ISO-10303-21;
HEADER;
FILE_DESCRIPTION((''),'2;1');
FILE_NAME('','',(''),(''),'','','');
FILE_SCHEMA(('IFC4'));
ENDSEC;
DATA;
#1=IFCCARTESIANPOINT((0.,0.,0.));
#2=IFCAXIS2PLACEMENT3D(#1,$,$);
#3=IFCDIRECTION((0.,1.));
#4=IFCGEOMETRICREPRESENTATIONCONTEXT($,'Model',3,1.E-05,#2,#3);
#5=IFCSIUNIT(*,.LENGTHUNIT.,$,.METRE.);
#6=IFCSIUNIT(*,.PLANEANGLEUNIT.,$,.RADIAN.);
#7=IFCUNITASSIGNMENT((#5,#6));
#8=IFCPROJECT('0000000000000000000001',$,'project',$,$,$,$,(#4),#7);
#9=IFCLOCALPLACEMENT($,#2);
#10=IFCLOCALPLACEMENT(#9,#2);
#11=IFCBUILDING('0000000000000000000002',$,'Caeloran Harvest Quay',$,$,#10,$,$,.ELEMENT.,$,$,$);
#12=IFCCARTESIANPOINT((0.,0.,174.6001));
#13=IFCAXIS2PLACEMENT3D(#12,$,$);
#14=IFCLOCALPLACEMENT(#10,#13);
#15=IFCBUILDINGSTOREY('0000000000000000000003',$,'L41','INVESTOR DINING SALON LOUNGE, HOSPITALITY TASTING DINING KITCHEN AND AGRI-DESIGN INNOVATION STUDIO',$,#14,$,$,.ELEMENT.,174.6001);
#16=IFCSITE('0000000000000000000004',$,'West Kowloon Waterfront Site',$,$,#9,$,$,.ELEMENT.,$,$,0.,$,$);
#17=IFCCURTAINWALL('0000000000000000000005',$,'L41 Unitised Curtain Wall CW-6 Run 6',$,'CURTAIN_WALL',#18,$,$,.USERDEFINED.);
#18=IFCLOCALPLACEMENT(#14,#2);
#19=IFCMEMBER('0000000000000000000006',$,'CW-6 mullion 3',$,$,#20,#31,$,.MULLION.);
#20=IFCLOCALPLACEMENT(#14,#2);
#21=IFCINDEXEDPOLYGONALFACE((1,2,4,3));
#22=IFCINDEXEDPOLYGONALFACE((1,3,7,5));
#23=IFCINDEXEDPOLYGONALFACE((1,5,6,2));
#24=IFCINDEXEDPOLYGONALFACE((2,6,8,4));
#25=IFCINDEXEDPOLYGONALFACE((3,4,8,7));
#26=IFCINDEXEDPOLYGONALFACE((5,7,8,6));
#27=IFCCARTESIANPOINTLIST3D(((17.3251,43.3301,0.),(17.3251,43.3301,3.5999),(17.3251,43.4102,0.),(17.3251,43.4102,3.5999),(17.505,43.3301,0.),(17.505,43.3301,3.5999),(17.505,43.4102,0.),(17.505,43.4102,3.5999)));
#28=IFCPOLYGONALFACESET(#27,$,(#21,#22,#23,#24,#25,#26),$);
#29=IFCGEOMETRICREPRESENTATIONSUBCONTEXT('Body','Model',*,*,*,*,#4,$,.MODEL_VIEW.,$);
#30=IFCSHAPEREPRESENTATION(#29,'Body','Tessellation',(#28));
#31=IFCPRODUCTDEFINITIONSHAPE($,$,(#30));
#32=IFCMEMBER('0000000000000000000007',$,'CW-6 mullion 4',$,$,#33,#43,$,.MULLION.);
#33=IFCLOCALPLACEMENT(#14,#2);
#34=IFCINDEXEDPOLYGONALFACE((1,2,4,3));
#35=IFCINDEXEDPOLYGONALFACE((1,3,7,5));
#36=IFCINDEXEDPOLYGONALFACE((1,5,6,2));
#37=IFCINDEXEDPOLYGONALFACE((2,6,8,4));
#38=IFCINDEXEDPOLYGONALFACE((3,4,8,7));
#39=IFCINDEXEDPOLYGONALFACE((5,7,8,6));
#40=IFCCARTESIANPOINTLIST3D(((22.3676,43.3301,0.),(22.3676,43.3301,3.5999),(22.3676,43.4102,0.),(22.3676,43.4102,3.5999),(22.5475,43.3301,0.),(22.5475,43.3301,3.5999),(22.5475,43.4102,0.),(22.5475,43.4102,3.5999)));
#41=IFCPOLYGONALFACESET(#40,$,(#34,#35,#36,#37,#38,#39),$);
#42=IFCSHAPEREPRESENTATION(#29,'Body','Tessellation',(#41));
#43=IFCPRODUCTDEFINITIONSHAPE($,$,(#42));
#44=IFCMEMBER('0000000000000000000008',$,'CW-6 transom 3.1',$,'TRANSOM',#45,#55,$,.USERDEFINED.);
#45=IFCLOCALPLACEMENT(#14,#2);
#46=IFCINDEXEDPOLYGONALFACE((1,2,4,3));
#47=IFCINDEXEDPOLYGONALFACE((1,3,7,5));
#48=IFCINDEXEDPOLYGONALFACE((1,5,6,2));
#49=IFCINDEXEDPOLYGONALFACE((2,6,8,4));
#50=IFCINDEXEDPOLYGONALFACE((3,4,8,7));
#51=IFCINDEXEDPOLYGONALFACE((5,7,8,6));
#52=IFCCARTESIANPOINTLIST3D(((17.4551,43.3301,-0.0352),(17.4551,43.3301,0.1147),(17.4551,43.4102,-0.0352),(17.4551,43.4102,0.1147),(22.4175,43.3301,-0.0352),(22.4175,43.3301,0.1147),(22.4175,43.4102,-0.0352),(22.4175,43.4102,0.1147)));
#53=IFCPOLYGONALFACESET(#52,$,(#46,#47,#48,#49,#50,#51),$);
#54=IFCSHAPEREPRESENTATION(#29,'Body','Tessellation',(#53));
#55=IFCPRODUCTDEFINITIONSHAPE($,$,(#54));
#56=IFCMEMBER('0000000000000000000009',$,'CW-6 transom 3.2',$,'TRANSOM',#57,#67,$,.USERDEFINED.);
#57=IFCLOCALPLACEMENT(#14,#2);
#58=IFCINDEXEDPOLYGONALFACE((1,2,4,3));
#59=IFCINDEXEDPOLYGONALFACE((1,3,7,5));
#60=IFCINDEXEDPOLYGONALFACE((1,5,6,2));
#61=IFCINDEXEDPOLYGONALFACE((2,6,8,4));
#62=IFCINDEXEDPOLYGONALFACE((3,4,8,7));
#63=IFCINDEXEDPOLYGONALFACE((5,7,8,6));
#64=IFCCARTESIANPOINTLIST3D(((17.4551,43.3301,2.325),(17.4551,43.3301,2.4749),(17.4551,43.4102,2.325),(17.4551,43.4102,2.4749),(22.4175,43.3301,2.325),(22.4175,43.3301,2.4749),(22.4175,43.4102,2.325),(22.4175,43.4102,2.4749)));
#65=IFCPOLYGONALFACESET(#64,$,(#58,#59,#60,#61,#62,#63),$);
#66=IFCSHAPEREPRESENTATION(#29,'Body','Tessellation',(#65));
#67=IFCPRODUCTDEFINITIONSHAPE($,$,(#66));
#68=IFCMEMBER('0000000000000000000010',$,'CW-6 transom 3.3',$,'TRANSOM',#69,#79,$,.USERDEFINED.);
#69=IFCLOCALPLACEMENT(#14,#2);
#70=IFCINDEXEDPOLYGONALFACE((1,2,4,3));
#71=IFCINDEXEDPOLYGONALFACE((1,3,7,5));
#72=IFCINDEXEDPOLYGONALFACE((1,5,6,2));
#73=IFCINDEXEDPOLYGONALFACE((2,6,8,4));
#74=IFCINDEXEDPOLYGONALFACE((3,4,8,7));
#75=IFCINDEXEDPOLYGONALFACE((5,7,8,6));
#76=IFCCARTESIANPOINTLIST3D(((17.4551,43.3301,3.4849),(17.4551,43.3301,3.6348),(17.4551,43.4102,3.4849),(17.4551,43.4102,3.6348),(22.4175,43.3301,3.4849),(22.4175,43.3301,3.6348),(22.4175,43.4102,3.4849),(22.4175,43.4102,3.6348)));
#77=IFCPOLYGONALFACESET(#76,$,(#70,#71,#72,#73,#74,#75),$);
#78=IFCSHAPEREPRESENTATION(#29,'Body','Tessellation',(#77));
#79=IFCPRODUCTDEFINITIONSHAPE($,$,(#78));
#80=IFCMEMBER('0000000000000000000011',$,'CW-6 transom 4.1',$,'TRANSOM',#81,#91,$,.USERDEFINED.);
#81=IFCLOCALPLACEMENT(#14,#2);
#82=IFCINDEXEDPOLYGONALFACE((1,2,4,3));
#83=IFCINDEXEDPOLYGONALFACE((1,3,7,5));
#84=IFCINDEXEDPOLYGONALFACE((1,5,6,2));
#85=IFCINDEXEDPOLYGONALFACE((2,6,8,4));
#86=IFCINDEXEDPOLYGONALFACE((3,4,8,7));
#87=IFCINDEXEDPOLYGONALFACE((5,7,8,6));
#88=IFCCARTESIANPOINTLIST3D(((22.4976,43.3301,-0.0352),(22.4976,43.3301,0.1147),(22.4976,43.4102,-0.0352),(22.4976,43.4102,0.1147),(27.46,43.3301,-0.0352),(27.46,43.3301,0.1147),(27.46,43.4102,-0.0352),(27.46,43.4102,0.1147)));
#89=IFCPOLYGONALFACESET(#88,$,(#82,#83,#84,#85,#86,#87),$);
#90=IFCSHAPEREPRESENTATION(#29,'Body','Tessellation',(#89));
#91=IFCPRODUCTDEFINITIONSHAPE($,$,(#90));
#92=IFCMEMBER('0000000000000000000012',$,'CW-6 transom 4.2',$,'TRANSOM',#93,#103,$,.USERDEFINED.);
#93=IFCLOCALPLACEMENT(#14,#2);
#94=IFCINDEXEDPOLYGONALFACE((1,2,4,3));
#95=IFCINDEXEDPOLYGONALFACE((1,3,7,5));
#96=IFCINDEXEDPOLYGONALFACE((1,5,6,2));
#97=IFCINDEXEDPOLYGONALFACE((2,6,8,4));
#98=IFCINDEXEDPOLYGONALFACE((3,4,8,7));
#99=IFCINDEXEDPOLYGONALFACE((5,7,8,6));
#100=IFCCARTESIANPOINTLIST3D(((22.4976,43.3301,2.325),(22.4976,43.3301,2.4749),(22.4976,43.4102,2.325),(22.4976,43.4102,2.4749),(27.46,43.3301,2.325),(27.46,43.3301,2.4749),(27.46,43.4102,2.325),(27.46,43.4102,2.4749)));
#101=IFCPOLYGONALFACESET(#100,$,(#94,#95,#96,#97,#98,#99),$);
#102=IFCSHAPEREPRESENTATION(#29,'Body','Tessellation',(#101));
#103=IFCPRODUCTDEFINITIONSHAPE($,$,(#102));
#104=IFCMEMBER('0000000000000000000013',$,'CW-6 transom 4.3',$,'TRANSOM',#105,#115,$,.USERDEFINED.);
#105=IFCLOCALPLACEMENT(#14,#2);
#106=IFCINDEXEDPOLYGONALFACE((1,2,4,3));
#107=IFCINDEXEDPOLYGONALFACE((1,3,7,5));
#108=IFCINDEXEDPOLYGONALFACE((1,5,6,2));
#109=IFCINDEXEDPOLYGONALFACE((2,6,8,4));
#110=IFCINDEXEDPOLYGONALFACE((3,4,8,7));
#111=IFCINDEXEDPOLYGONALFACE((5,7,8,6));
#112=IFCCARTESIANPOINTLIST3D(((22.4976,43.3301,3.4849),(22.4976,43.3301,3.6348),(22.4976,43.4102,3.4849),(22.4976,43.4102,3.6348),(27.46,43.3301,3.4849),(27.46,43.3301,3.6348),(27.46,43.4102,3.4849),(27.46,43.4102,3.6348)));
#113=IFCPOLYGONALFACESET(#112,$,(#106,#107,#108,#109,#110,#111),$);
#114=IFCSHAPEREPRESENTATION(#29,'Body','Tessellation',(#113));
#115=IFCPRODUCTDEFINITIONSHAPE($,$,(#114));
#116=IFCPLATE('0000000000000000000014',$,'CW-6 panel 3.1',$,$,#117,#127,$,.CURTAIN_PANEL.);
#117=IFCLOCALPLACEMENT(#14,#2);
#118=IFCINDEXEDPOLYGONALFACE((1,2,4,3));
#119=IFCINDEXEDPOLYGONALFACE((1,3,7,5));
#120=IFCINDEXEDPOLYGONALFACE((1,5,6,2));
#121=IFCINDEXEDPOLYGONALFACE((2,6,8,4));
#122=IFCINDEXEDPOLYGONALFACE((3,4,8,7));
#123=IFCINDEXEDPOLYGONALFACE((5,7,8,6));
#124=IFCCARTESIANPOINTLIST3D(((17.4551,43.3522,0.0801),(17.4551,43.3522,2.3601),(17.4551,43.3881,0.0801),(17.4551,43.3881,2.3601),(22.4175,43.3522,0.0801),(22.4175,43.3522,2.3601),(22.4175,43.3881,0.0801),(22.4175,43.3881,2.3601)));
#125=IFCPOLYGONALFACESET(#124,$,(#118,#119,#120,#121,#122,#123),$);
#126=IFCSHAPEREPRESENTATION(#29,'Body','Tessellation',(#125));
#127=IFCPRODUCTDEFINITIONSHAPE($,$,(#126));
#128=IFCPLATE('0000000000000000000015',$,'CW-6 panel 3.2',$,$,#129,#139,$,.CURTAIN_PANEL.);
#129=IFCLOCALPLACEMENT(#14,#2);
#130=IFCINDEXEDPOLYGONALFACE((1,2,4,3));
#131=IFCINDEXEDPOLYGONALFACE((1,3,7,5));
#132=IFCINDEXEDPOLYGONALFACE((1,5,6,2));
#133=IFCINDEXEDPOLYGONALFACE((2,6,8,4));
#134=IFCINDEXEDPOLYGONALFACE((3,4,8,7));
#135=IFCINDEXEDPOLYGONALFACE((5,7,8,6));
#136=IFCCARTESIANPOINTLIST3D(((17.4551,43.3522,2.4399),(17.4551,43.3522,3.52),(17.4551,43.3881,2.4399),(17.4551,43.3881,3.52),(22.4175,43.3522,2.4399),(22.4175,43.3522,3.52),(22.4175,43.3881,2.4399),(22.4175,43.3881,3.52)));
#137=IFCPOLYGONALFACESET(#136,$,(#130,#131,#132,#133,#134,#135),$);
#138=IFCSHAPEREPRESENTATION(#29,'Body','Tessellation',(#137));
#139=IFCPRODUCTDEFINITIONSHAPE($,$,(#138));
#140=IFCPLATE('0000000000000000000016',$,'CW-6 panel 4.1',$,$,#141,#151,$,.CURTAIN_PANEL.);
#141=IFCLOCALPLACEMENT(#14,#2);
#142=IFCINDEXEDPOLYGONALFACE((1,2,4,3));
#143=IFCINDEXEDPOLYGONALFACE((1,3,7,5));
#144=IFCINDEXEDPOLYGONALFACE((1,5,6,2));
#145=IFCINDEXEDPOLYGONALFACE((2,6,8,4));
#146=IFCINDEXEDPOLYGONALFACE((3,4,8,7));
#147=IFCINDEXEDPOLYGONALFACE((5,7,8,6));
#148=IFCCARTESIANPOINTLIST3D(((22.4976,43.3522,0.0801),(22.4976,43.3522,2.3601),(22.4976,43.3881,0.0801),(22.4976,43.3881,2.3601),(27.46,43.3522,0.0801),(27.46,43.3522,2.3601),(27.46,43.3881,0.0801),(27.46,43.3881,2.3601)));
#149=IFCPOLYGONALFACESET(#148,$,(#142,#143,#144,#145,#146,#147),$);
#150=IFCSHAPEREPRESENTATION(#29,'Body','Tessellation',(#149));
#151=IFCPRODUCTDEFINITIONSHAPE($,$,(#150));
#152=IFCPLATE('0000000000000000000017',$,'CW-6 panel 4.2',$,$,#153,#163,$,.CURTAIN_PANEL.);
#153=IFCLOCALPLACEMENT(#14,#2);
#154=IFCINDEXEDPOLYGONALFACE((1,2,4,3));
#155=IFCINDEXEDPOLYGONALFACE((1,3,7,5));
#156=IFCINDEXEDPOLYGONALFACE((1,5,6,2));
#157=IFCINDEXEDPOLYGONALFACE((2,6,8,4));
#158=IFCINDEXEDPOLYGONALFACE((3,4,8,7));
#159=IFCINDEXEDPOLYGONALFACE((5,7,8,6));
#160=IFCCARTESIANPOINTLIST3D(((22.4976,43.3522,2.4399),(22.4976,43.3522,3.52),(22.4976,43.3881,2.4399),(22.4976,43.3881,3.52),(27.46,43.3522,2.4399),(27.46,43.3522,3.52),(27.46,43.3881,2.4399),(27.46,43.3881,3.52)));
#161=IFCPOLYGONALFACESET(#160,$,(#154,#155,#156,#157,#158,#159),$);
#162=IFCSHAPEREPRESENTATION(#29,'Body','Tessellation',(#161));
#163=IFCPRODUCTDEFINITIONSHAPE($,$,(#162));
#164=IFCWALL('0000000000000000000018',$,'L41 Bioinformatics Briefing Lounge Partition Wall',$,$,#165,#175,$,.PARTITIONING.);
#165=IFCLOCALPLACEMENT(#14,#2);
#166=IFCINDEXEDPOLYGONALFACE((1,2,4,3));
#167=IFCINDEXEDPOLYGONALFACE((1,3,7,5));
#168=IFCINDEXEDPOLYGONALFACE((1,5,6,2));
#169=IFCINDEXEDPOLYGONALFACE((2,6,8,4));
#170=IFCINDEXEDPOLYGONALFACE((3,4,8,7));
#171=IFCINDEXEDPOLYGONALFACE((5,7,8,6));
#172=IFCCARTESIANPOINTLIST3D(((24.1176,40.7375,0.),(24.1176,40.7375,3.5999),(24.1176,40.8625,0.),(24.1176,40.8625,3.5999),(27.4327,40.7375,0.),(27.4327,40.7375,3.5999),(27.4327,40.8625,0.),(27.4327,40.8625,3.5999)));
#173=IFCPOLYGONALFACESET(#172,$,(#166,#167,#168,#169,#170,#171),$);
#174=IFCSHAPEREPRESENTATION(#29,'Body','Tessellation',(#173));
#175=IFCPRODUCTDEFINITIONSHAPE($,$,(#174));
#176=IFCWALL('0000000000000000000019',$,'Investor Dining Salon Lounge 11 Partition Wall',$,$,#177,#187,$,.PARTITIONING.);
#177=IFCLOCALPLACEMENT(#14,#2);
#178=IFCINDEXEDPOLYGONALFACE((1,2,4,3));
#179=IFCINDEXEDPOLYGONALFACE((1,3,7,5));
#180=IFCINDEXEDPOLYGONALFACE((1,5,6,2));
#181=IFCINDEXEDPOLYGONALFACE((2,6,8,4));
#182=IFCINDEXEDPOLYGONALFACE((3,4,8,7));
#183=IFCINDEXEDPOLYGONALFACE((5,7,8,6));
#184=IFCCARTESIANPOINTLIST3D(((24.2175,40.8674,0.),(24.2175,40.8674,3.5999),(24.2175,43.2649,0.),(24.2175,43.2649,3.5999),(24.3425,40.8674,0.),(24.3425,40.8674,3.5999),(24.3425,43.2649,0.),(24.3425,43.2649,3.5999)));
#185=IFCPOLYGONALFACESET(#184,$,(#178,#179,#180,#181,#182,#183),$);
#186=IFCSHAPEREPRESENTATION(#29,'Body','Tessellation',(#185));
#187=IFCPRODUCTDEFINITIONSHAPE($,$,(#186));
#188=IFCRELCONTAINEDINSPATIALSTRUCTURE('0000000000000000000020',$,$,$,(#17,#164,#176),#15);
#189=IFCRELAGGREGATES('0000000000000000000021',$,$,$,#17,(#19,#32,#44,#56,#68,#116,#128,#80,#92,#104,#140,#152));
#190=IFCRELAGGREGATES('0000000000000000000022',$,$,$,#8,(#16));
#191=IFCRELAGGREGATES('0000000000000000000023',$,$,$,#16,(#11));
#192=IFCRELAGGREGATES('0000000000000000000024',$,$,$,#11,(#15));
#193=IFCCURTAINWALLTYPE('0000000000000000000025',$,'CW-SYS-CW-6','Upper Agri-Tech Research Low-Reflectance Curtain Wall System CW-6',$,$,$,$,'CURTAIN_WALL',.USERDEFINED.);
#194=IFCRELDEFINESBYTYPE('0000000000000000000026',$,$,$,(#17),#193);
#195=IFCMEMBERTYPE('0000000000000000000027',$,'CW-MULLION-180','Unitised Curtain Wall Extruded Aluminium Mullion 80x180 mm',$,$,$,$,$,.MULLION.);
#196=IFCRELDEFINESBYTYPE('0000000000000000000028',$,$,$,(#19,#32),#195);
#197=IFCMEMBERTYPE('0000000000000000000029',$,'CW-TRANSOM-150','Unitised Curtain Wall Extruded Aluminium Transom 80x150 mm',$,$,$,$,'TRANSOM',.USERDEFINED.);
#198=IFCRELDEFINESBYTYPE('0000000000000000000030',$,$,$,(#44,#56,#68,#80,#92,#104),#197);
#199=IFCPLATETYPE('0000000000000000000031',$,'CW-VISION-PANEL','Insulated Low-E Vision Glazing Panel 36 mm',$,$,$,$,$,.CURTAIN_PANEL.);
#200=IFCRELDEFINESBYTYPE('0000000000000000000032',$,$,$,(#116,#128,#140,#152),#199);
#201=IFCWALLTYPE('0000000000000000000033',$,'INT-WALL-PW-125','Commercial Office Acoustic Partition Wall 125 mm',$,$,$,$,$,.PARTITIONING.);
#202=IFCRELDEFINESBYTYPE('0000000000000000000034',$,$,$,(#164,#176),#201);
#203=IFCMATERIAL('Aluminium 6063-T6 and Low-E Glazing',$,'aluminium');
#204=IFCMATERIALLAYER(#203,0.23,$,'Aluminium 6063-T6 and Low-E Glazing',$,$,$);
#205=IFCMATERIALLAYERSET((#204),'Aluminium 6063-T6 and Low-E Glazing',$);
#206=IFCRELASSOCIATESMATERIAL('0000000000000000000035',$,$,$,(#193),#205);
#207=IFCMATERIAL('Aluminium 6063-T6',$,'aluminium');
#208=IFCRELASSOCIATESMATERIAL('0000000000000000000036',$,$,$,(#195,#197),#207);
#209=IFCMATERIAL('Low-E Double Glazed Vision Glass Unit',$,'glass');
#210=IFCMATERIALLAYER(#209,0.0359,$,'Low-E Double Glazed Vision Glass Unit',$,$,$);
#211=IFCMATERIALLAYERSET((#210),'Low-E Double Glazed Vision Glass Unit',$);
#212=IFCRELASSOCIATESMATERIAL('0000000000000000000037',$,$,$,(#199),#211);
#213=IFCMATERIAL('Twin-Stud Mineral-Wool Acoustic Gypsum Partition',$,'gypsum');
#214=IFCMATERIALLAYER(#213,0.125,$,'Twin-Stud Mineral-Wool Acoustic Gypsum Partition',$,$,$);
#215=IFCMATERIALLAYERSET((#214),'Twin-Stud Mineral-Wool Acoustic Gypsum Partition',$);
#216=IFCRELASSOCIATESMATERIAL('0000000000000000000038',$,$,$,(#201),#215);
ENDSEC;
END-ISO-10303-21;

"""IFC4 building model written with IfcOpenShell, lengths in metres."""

from ifc_helpers import new_model, si_unit, direction, frame, frame_2d, origin, origin_2d, place, context, subcontext, project, spatial, rectangle, extrude, material, layer, layer_set, material_profile, profile_set, type_object, element, aggregate, save


model = new_model("IFC4")

# Units and contexts
model_context = context("Model", 3, precision=1e-05, world=origin(), true_north=direction((0.0, 1.0)))
body_context = subcontext(model_context, "Body", "Model", "MODEL_VIEW")
ifc_project = project(units=[si_unit("LENGTHUNIT", "METRE"), si_unit("PLANEANGLEUNIT", "RADIAN")], contexts=[model_context])

# Site, building, storey
site_placement = place(None, origin())
site = spatial("IfcSite", under=ifc_project, at=site_placement, Name="West Kowloon Waterfront Site", CompositionType="ELEMENT", RefElevation=0.0)
building_placement = place(site_placement, origin())
building = spatial("IfcBuilding", under=site, at=building_placement, Name="Caeloran Harvest Quay", CompositionType="ELEMENT")
storey_placement = place(building_placement, frame((0.0, 0.0, 174.6001)))
storey = spatial("IfcBuildingStorey", under=building, at=storey_placement, Name="L41", Description="INVESTOR DINING SALON LOUNGE, HOSPITALITY TASTING DINING KITCHEN AND AGRI-DESIGN INNOVATION STUDIO", CompositionType="ELEMENT", Elevation=174.6001)

# Curtain wall, members, plates
ifc_material_1 = material(Name="Aluminium 6063-T6 and Low-E Glazing", Category="aluminium")
ifc_layer_1 = layer(ifc_material_1, 0.23, Name="Aluminium 6063-T6 and Low-E Glazing")
ifc_layer_set_1 = layer_set([ifc_layer_1], Name="Aluminium 6063-T6 and Low-E Glazing")
curtain_wall_type = type_object("IfcCurtainWallType", Name="CW-SYS-CW-6", Description="Upper Agri-Tech Research Low-Reflectance Curtain Wall System CW-6", ElementType="CURTAIN_WALL", PredefinedType="USERDEFINED", material=ifc_layer_set_1)
curtain_wall_placement = place(storey_placement, origin())
curtain_wall = element("IfcCurtainWall", 1, at=curtain_wall_placement, inside=storey, type_object=curtain_wall_type, Name="L41 Unitised Curtain Wall CW-6 Run 6", ObjectType="CURTAIN_WALL", PredefinedType="USERDEFINED")
ifc_material_2 = material(Name="Aluminium 6063-T6", Category="aluminium")
ifc_material_profile_1 = material_profile(ifc_material_2, rectangle(XDim=0.0801, YDim=0.1799, at=origin_2d()), Name="CW-MULLION-180")
ifc_profile_set_1 = profile_set([ifc_material_profile_1], Name="Aluminium 6063-T6")
member_type_1 = type_object("IfcMemberType", Name="CW-MULLION-180", Description="Unitised Curtain Wall Extruded Aluminium Mullion 80x180 mm", PredefinedType="MULLION", material=ifc_profile_set_1)
member_1_placement = place(storey_placement, frame((17.415, 43.3701, 0.0), z_axis=(0.0, 0.0, 1.0), x_axis=(0.0, 1.0, 0.0)))
member_1 = element("IfcMember", 2, at=member_1_placement, type_object=member_type_1, Name="CW-6 mullion 3", PredefinedType="MULLION", context=body_context, shape_type="SweptSolid", body=[
    extrude(rectangle(XDim=0.0801, YDim=0.1799, at=origin_2d()), origin(), (0.0, 0.0, 1.0), 3.5999),
])
member_2_placement = place(storey_placement, frame((22.4575, 43.3701, 0.0), z_axis=(0.0, 0.0, 1.0), x_axis=(0.0, 1.0, 0.0)))
member_2 = element("IfcMember", 3, at=member_2_placement, type_object=member_type_1, Name="CW-6 mullion 4", PredefinedType="MULLION", context=body_context, shape_type="SweptSolid", body=[
    extrude(rectangle(XDim=0.0801, YDim=0.1799, at=origin_2d()), origin(), (0.0, 0.0, 1.0), 3.5999),
])
ifc_material_profile_2 = material_profile(ifc_material_2, rectangle(XDim=0.0801, YDim=0.1499, at=origin_2d()), Name="CW-TRANSOM-150")
ifc_profile_set_2 = profile_set([ifc_material_profile_2], Name="Aluminium 6063-T6")
member_type_2 = type_object("IfcMemberType", Name="CW-TRANSOM-150", Description="Unitised Curtain Wall Extruded Aluminium Transom 80x150 mm", ElementType="TRANSOM", PredefinedType="USERDEFINED", material=ifc_profile_set_2)
member_3_placement = place(storey_placement, frame((17.4551, 43.3701, 0.0398), z_axis=(1.0, 0.0, 0.0), x_axis=(0.0, 1.0, 0.0)))
member_3 = element("IfcMember", 4, at=member_3_placement, type_object=member_type_2, Name="CW-6 transom 3.1", ObjectType="TRANSOM", PredefinedType="USERDEFINED", context=body_context, shape_type="SweptSolid", body=[
    extrude(rectangle(XDim=0.0801, YDim=0.1499, at=origin_2d()), origin(), (0.0, 0.0, 1.0), 4.9624),
])
member_4_placement = place(storey_placement, frame((17.4551, 43.3701, 2.3999), z_axis=(1.0, 0.0, 0.0), x_axis=(0.0, 1.0, 0.0)))
member_4 = element("IfcMember", 5, at=member_4_placement, type_object=member_type_2, Name="CW-6 transom 3.2", ObjectType="TRANSOM", PredefinedType="USERDEFINED", context=body_context, shape_type="SweptSolid", body=[
    extrude(rectangle(XDim=0.0801, YDim=0.1499, at=origin_2d()), origin(), (0.0, 0.0, 1.0), 4.9624),
])
member_5_placement = place(storey_placement, frame((17.4551, 43.3701, 3.5598), z_axis=(1.0, 0.0, 0.0), x_axis=(0.0, 1.0, 0.0)))
member_5 = element("IfcMember", 6, at=member_5_placement, type_object=member_type_2, Name="CW-6 transom 3.3", ObjectType="TRANSOM", PredefinedType="USERDEFINED", context=body_context, shape_type="SweptSolid", body=[
    extrude(rectangle(XDim=0.0801, YDim=0.1499, at=origin_2d()), origin(), (0.0, 0.0, 1.0), 4.9624),
])
member_6_placement = place(storey_placement, frame((22.4976, 43.3701, 0.0398), z_axis=(1.0, 0.0, 0.0), x_axis=(0.0, 1.0, 0.0)))
member_6 = element("IfcMember", 7, at=member_6_placement, type_object=member_type_2, Name="CW-6 transom 4.1", ObjectType="TRANSOM", PredefinedType="USERDEFINED", context=body_context, shape_type="SweptSolid", body=[
    extrude(rectangle(XDim=0.0801, YDim=0.1499, at=origin_2d()), origin(), (0.0, 0.0, 1.0), 4.9624),
])
member_7_placement = place(storey_placement, frame((22.4976, 43.3701, 2.3999), z_axis=(1.0, 0.0, 0.0), x_axis=(0.0, 1.0, 0.0)))
member_7 = element("IfcMember", 8, at=member_7_placement, type_object=member_type_2, Name="CW-6 transom 4.2", ObjectType="TRANSOM", PredefinedType="USERDEFINED", context=body_context, shape_type="SweptSolid", body=[
    extrude(rectangle(XDim=0.0801, YDim=0.1499, at=origin_2d()), origin(), (0.0, 0.0, 1.0), 4.9624),
])
member_8_placement = place(storey_placement, frame((22.4976, 43.3701, 3.5598), z_axis=(1.0, 0.0, 0.0), x_axis=(0.0, 1.0, 0.0)))
member_8 = element("IfcMember", 9, at=member_8_placement, type_object=member_type_2, Name="CW-6 transom 4.3", ObjectType="TRANSOM", PredefinedType="USERDEFINED", context=body_context, shape_type="SweptSolid", body=[
    extrude(rectangle(XDim=0.0801, YDim=0.1499, at=origin_2d()), origin(), (0.0, 0.0, 1.0), 4.9624),
])
ifc_material_3 = material(Name="Low-E Double Glazed Vision Glass Unit", Category="glass")
ifc_layer_2 = layer(ifc_material_3, 0.0359, Name="Low-E Double Glazed Vision Glass Unit")
ifc_layer_set_2 = layer_set([ifc_layer_2], Name="Low-E Double Glazed Vision Glass Unit")
plate_type = type_object("IfcPlateType", Name="CW-VISION-PANEL", Description="Insulated Low-E Vision Glazing Panel 36 mm", PredefinedType="CURTAIN_PANEL", material=ifc_layer_set_2)
plate_1_placement = place(storey_placement, frame((19.9363, 43.3701, 0.0801), z_axis=(0.0, 0.0, 1.0), x_axis=(1.0, 0.0, 0.0)))
plate_1 = element("IfcPlate", 10, at=plate_1_placement, type_object=plate_type, Name="CW-6 panel 3.1", PredefinedType="CURTAIN_PANEL", context=body_context, shape_type="SweptSolid", body=[
    extrude(rectangle(XDim=4.9624, YDim=0.0359, at=origin_2d()), origin(), (0.0, 0.0, 1.0), 2.28),
])
plate_2_placement = place(storey_placement, frame((19.9363, 43.3701, 2.4399), z_axis=(0.0, 0.0, 1.0), x_axis=(1.0, 0.0, 0.0)))
plate_2 = element("IfcPlate", 11, at=plate_2_placement, type_object=plate_type, Name="CW-6 panel 3.2", PredefinedType="CURTAIN_PANEL", context=body_context, shape_type="SweptSolid", body=[
    extrude(rectangle(XDim=4.9624, YDim=0.0359, at=origin_2d()), origin(), (0.0, 0.0, 1.0), 1.0801),
])
plate_3_placement = place(storey_placement, frame((24.9788, 43.3701, 0.0801), z_axis=(0.0, 0.0, 1.0), x_axis=(1.0, 0.0, 0.0)))
plate_3 = element("IfcPlate", 12, at=plate_3_placement, type_object=plate_type, Name="CW-6 panel 4.1", PredefinedType="CURTAIN_PANEL", context=body_context, shape_type="SweptSolid", body=[
    extrude(rectangle(XDim=4.9624, YDim=0.0359, at=origin_2d()), origin(), (0.0, 0.0, 1.0), 2.28),
])
plate_4_placement = place(storey_placement, frame((24.9788, 43.3701, 2.4399), z_axis=(0.0, 0.0, 1.0), x_axis=(1.0, 0.0, 0.0)))
plate_4 = element("IfcPlate", 13, at=plate_4_placement, type_object=plate_type, Name="CW-6 panel 4.2", PredefinedType="CURTAIN_PANEL", context=body_context, shape_type="SweptSolid", body=[
    extrude(rectangle(XDim=4.9624, YDim=0.0359, at=origin_2d()), origin(), (0.0, 0.0, 1.0), 1.0801),
])
aggregate(curtain_wall, [member_1, member_2, member_3, member_4, member_5, plate_1, plate_2, member_6, member_7, member_8, plate_3, plate_4])

# Walls
ifc_material_4 = material(Name="Twin-Stud Mineral-Wool Acoustic Gypsum Partition", Category="gypsum")
ifc_layer_3 = layer(ifc_material_4, 0.125, Name="Twin-Stud Mineral-Wool Acoustic Gypsum Partition")
ifc_layer_set_3 = layer_set([ifc_layer_3], Name="Twin-Stud Mineral-Wool Acoustic Gypsum Partition")
wall_type_1 = type_object("IfcWallType", Name="INT-WALL-PW-125", Description="Commercial Office Acoustic Partition Wall 125 mm", PredefinedType="PARTITIONING", material=ifc_layer_set_3)
wall_1_placement = place(storey_placement, frame((24.1174, 40.8, 0.0), z_axis=(0.0, 0.0, 1.0), x_axis=(1.0, 0.0, 0.0)))
element("IfcWall", 14, at=wall_1_placement, inside=storey, type_object=wall_type_1, Name="L41 Bioinformatics Briefing Lounge Partition Wall", PredefinedType="PARTITIONING", context=body_context, shape_type="SweptSolid", body=[
    extrude(rectangle(XDim=3.3152, YDim=0.125, at=frame_2d((1.6577, 0.0))), origin(), (0.0, 0.0, 1.0), 3.5999),
])
wall_2_placement = place(storey_placement, frame((24.28, 40.8674, 0.0), z_axis=(0.0, 0.0, 1.0), x_axis=(0.0, 1.0, 0.0)))
element("IfcWall", 15, at=wall_2_placement, inside=storey, type_object=wall_type_1, Name="Investor Dining Salon Lounge 11 Partition Wall", PredefinedType="PARTITIONING", context=body_context, shape_type="SweptSolid", body=[
    extrude(rectangle(XDim=2.3975, YDim=0.125, at=frame_2d((1.1987, 0.0))), origin(), (0.0, 0.0, 1.0), 3.5999),
])

save(model, "model.ifc")
